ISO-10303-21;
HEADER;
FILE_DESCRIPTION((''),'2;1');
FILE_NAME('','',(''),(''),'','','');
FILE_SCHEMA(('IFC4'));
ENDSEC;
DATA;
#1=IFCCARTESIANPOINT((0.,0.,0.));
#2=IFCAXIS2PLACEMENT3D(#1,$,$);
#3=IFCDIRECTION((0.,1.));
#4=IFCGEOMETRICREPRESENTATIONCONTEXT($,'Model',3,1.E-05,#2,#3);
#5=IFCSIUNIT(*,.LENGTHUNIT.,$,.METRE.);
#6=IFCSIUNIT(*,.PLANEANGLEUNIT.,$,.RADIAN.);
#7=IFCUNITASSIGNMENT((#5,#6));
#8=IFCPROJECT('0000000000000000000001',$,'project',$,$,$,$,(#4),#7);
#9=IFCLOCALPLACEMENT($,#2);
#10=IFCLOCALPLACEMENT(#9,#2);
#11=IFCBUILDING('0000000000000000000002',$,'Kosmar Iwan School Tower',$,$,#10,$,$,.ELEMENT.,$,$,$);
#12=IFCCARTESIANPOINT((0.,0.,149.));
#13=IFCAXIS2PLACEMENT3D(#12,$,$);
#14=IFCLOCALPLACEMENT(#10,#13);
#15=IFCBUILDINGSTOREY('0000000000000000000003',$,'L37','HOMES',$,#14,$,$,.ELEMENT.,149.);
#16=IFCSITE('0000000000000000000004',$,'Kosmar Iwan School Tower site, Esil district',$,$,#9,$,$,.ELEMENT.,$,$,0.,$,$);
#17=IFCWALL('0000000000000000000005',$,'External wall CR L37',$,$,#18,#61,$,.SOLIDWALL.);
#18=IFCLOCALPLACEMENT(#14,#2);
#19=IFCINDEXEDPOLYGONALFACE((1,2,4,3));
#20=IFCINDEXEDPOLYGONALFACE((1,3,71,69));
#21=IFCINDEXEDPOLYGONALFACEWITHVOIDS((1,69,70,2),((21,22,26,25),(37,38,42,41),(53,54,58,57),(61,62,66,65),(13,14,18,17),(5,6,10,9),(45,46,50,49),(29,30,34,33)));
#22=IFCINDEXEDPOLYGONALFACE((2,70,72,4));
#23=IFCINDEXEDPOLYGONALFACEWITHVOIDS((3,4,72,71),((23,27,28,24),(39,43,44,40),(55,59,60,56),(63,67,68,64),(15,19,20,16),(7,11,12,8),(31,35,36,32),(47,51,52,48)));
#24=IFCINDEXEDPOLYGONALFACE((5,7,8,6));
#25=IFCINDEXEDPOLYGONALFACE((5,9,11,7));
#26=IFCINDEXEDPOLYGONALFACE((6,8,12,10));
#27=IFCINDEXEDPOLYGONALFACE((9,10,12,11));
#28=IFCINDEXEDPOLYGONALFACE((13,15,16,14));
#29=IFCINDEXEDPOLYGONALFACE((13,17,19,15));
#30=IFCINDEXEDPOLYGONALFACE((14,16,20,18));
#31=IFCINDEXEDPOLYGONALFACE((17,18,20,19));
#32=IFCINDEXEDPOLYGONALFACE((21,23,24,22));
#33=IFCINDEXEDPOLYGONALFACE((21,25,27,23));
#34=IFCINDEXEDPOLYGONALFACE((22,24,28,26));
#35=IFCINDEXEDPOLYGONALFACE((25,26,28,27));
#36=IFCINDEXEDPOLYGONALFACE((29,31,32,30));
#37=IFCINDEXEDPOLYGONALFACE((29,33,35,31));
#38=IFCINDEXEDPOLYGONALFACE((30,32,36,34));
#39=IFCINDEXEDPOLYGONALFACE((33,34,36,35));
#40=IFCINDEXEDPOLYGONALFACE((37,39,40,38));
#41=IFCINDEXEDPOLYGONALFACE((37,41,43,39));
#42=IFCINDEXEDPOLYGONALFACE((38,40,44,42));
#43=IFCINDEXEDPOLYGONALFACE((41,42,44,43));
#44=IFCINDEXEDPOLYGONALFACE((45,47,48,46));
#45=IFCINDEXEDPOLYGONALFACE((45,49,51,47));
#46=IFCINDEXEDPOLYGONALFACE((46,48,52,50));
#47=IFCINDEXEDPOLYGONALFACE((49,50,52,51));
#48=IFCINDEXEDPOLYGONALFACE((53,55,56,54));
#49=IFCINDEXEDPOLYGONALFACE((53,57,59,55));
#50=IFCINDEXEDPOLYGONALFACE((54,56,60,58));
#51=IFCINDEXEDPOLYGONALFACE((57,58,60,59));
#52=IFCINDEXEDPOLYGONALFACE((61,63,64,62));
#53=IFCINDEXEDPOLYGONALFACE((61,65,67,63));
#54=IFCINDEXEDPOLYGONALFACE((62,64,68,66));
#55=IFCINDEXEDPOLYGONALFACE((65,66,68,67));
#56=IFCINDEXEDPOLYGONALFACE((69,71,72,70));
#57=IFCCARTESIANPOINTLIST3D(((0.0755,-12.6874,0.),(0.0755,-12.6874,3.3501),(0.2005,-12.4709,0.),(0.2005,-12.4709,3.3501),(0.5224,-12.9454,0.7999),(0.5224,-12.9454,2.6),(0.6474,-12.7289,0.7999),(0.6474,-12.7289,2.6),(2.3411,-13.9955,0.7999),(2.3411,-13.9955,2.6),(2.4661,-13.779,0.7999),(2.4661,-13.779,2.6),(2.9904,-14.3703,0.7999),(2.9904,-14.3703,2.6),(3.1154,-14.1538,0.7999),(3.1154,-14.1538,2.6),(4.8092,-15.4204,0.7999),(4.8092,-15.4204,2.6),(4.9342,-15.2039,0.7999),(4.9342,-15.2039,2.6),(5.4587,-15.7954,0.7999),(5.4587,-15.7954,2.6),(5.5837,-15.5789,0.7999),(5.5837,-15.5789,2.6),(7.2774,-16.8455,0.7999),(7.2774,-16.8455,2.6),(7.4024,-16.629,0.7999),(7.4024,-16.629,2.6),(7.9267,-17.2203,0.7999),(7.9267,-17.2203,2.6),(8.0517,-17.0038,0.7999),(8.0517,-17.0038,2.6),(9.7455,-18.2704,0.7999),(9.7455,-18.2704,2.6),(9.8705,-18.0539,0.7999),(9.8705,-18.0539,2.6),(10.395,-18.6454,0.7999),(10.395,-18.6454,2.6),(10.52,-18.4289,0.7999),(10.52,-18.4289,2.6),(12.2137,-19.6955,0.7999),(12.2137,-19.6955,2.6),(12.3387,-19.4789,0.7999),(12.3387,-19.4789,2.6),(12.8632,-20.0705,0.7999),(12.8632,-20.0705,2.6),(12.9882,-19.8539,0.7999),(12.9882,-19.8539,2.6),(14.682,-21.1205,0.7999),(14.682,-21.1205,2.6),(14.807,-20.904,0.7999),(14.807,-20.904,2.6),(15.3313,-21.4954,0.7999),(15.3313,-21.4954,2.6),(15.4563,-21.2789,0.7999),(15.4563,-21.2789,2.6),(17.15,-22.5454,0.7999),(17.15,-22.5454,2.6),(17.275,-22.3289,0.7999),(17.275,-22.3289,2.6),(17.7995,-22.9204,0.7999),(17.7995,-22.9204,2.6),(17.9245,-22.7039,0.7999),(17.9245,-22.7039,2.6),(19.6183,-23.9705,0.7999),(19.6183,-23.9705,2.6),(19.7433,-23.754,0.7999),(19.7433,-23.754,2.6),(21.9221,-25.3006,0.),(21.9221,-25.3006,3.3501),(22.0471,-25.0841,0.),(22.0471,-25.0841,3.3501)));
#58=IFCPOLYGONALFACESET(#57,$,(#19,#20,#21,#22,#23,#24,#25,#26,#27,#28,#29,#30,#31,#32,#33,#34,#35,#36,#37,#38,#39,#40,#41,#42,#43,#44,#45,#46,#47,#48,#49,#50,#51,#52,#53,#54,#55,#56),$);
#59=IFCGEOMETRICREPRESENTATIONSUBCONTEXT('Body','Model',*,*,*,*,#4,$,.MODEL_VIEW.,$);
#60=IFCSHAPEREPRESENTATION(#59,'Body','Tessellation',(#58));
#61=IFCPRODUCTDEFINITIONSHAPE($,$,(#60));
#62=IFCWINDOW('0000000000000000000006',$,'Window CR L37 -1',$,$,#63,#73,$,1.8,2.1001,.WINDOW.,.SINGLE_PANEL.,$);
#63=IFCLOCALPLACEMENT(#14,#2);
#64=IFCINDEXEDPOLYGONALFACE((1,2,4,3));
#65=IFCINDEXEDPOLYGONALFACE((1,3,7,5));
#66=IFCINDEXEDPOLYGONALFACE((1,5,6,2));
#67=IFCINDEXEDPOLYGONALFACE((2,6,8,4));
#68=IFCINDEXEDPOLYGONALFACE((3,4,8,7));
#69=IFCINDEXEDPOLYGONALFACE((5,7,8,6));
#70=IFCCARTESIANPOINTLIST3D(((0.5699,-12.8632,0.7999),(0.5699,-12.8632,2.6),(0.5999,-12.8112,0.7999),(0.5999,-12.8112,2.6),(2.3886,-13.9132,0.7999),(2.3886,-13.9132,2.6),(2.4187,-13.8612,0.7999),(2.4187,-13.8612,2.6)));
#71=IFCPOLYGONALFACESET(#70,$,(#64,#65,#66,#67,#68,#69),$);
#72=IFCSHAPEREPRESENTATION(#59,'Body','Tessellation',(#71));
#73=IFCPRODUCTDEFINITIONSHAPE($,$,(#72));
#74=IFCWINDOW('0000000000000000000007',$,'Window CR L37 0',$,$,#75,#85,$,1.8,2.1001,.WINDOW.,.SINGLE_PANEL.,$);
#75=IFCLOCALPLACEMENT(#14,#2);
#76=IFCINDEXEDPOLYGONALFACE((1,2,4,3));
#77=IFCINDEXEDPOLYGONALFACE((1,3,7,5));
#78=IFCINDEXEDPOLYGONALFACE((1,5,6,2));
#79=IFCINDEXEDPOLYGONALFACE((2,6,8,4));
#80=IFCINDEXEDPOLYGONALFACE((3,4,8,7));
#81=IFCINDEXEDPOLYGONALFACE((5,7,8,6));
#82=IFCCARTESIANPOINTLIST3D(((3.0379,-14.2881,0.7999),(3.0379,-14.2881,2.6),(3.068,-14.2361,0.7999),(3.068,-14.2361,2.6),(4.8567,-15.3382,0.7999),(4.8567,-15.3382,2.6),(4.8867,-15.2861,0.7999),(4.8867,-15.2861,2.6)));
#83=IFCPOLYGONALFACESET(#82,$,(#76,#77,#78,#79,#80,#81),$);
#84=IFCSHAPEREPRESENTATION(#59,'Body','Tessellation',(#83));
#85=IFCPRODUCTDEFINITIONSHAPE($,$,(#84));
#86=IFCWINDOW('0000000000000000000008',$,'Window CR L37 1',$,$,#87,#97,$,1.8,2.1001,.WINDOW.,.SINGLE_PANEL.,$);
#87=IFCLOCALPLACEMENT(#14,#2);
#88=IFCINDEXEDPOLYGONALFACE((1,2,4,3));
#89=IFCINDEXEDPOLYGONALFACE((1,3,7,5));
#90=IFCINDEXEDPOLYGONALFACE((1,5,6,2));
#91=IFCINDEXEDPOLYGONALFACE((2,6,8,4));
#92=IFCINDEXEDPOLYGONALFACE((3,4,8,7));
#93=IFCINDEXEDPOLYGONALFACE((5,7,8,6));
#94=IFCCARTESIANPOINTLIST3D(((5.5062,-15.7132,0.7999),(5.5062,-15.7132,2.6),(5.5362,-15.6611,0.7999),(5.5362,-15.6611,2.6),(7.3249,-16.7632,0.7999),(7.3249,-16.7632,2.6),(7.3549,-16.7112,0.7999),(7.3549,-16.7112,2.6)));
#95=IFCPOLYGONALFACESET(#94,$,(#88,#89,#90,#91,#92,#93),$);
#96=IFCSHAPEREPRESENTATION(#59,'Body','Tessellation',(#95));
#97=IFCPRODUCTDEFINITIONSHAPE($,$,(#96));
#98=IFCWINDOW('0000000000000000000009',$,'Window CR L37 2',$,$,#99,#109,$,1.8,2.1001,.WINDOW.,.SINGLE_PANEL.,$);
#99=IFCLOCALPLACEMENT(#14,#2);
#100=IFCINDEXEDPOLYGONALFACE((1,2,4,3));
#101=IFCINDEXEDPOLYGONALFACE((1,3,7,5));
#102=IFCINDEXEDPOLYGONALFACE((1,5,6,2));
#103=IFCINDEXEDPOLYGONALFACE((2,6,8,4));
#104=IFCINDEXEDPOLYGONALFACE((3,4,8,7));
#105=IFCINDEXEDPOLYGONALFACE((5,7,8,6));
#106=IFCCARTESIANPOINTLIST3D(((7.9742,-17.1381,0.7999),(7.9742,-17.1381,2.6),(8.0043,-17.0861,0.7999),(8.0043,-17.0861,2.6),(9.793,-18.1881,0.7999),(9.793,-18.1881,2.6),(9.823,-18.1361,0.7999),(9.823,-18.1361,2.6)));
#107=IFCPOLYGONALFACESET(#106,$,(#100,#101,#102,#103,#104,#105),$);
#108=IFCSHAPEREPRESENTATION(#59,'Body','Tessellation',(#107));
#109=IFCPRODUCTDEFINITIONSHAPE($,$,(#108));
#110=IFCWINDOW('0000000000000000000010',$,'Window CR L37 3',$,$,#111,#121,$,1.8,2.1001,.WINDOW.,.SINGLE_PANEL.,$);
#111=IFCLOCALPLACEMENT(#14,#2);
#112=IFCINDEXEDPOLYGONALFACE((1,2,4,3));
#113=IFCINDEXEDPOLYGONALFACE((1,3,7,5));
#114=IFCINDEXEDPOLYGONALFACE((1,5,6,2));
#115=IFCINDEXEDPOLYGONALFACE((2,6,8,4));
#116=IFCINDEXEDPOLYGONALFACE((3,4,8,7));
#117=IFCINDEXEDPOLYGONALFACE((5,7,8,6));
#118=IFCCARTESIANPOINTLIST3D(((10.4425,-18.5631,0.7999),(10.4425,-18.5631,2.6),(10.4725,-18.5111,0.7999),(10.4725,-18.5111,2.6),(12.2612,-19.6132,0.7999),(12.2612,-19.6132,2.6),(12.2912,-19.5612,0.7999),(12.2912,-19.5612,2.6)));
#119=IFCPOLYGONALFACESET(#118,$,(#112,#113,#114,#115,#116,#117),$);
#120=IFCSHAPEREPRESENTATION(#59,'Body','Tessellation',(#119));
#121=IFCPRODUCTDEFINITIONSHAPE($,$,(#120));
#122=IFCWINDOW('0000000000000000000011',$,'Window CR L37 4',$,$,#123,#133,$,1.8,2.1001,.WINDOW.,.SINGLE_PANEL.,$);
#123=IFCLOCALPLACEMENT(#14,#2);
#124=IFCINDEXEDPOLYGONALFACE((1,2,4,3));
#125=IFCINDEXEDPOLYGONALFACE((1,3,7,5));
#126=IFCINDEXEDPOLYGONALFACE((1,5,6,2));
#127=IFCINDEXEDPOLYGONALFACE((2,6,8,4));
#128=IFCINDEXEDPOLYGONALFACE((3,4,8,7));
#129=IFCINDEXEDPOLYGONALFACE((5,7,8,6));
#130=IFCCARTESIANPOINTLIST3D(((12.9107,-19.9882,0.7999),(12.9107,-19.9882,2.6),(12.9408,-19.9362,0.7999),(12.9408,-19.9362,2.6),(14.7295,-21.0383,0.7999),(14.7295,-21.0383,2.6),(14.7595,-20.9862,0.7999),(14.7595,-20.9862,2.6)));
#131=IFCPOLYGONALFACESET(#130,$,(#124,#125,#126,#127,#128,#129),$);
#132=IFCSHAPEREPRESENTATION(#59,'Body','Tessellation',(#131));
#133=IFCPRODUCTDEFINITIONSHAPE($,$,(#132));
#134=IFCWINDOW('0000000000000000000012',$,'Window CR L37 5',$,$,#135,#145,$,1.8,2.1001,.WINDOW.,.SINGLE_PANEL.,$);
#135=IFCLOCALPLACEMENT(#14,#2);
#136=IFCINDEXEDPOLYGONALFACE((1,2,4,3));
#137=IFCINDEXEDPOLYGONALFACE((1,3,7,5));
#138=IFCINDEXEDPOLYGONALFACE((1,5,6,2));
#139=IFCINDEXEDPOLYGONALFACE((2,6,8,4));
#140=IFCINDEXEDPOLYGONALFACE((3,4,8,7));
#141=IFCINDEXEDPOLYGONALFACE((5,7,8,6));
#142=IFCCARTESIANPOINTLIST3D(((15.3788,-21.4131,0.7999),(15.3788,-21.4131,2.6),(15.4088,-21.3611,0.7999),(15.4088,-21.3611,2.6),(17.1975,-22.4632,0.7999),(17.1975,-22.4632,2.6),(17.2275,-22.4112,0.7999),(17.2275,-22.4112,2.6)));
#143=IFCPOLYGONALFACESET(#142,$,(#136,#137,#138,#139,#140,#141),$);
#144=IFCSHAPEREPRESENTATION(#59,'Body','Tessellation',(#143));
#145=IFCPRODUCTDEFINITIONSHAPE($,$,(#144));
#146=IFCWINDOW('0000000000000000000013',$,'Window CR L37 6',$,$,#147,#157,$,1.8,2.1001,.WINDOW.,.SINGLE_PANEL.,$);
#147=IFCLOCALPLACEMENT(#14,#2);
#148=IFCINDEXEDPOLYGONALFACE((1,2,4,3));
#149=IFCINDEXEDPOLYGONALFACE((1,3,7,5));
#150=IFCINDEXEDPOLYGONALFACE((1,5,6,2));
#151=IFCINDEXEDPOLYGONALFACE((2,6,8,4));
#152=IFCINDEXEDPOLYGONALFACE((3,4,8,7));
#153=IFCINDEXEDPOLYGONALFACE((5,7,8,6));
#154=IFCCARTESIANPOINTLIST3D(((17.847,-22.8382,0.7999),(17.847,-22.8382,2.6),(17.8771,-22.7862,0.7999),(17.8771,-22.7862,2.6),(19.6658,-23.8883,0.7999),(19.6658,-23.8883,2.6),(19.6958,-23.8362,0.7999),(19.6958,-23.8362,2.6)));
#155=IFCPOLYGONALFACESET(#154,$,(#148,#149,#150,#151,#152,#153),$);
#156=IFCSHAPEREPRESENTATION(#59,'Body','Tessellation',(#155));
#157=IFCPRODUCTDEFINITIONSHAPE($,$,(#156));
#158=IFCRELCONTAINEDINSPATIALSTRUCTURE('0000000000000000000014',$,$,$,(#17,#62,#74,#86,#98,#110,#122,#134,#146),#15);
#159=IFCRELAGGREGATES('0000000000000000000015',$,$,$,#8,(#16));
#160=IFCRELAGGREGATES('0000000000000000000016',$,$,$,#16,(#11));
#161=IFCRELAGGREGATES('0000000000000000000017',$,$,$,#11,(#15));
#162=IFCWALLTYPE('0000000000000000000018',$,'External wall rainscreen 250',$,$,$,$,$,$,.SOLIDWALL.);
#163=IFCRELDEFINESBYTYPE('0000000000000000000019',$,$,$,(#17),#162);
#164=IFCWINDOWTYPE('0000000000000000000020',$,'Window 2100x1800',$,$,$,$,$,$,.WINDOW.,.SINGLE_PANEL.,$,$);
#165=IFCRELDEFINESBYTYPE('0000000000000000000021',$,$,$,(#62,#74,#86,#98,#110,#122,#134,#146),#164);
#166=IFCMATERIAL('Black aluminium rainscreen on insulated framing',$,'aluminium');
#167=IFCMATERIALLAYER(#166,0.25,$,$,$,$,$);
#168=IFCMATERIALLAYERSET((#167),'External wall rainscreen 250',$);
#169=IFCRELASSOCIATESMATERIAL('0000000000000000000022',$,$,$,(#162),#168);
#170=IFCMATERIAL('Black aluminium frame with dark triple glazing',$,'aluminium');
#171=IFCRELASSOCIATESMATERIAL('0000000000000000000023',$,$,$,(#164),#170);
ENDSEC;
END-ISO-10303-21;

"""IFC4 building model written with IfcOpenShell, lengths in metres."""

from ifc_helpers import new_model, si_unit, direction, frame, frame_2d, origin, place, context, subcontext, project, spatial, rectangle, extrude, material, layer, layer_set, type_object, element, fill, save


model = new_model("IFC4")

# Units and contexts
model_context = context("Model", 3, precision=1e-05, world=origin(), true_north=direction((0.0, 1.0)))
body_context = subcontext(model_context, "Body", "Model", "MODEL_VIEW")
ifc_project = project(units=[si_unit("LENGTHUNIT", "METRE"), si_unit("PLANEANGLEUNIT", "RADIAN")], contexts=[model_context])

# Site, building, storey
site_placement = place(None, origin())
site = spatial("IfcSite", under=ifc_project, at=site_placement, Name="Kosmar Iwan School Tower site, Esil district", CompositionType="ELEMENT", RefElevation=0.0)
building_placement = place(site_placement, origin())
building = spatial("IfcBuilding", under=site, at=building_placement, Name="Kosmar Iwan School Tower", CompositionType="ELEMENT")
storey_placement = place(building_placement, frame((0.0, 0.0, 149.0)))
storey = spatial("IfcBuildingStorey", under=building, at=storey_placement, Name="L37", Description="HOMES", CompositionType="ELEMENT", Elevation=149.0)

# Wall, openings, windows
ifc_material_1 = material(Name="Black aluminium rainscreen on insulated framing", Category="aluminium")
ifc_layer_1 = layer(ifc_material_1, 0.25)
ifc_layer_set_1 = layer_set([ifc_layer_1], Name="External wall rainscreen 250")
wall_type_1 = type_object("IfcWallType", Name="External wall rainscreen 250", PredefinedType="SOLIDWALL", material=ifc_layer_set_1)
ifc_material_2 = material(Name="Black aluminium frame with dark triple glazing", Category="aluminium")
window_type = type_object("IfcWindowType", Name="Window 2100x1800", PartitioningType="SINGLE_PANEL", PredefinedType="WINDOW", material=ifc_material_2)
wall_1_placement = place(storey_placement, frame((0.1379, -12.5791, 0.0), z_axis=(0.0, 0.0, 1.0), x_axis=(0.866024, -0.500003, 0.0)))
wall_1 = element("IfcWall", 1, at=wall_1_placement, inside=storey, type_object=wall_type_1, Name="External wall CR L37", PredefinedType="SOLIDWALL", context=body_context, shape_type="SweptSolid", body=[
    extrude(rectangle(XDim=25.2263, YDim=0.25, at=frame_2d((12.6133, 0.0))), origin(), (0.0, 0.0, 1.0), 3.3501),
])
opening_1_placement = place(wall_1_placement, frame((0.5161, 0.0, 0.8)))
opening_1 = element("IfcOpeningElement", 2, at=opening_1_placement, cuts=wall_1, PredefinedType="OPENING", context=body_context, shape_type="SweptSolid", body=[
    extrude(rectangle(XDim=2.1001, YDim=1.8, at=frame_2d((1.05, 0.8999))), frame((0.0, 0.137, 0.0), z_axis=(0.0, -1.0, 0.0), x_axis=(1.0, 0.0, 0.0)), (0.0, 0.0, 1.0), 0.2739),
])
opening_2_placement = place(wall_1_placement, frame((3.366, 0.0, 0.8)))
opening_2 = element("IfcOpeningElement", 3, at=opening_2_placement, cuts=wall_1, PredefinedType="OPENING", context=body_context, shape_type="SweptSolid", body=[
    extrude(rectangle(XDim=2.1001, YDim=1.8, at=frame_2d((1.05, 0.8999))), frame((0.0, 0.137, 0.0), z_axis=(0.0, -1.0, 0.0), x_axis=(1.0, 0.0, 0.0)), (0.0, 0.0, 1.0), 0.2739),
])
opening_3_placement = place(wall_1_placement, frame((6.2161, 0.0, 0.8)))
opening_3 = element("IfcOpeningElement", 4, at=opening_3_placement, cuts=wall_1, PredefinedType="OPENING", context=body_context, shape_type="SweptSolid", body=[
    extrude(rectangle(XDim=2.1001, YDim=1.8, at=frame_2d((1.05, 0.8999))), frame((0.0, 0.137, 0.0), z_axis=(0.0, -1.0, 0.0), x_axis=(1.0, 0.0, 0.0)), (0.0, 0.0, 1.0), 0.2739),
])
opening_4_placement = place(wall_1_placement, frame((9.0659, 0.0, 0.8)))
opening_4 = element("IfcOpeningElement", 5, at=opening_4_placement, cuts=wall_1, PredefinedType="OPENING", context=body_context, shape_type="SweptSolid", body=[
    extrude(rectangle(XDim=2.1001, YDim=1.8, at=frame_2d((1.05, 0.8999))), frame((0.0, 0.137, 0.0), z_axis=(0.0, -1.0, 0.0), x_axis=(1.0, 0.0, 0.0)), (0.0, 0.0, 1.0), 0.2739),
])
opening_5_placement = place(wall_1_placement, frame((11.916, 0.0, 0.8)))
opening_5 = element("IfcOpeningElement", 6, at=opening_5_placement, cuts=wall_1, PredefinedType="OPENING", context=body_context, shape_type="SweptSolid", body=[
    extrude(rectangle(XDim=2.1001, YDim=1.8, at=frame_2d((1.05, 0.8999))), frame((0.0, 0.137, 0.0), z_axis=(0.0, -1.0, 0.0), x_axis=(1.0, 0.0, 0.0)), (0.0, 0.0, 1.0), 0.2739),
])
opening_6_placement = place(wall_1_placement, frame((14.7661, 0.0, 0.8)))
opening_6 = element("IfcOpeningElement", 7, at=opening_6_placement, cuts=wall_1, PredefinedType="OPENING", context=body_context, shape_type="SweptSolid", body=[
    extrude(rectangle(XDim=2.1001, YDim=1.8, at=frame_2d((1.05, 0.8999))), frame((0.0, 0.137, 0.0), z_axis=(0.0, -1.0, 0.0), x_axis=(1.0, 0.0, 0.0)), (0.0, 0.0, 1.0), 0.2739),
])
opening_7_placement = place(wall_1_placement, frame((17.616, 0.0, 0.8)))
opening_7 = element("IfcOpeningElement", 8, at=opening_7_placement, cuts=wall_1, PredefinedType="OPENING", context=body_context, shape_type="SweptSolid", body=[
    extrude(rectangle(XDim=2.1001, YDim=1.8, at=frame_2d((1.05, 0.8999))), frame((0.0, 0.137, 0.0), z_axis=(0.0, -1.0, 0.0), x_axis=(1.0, 0.0, 0.0)), (0.0, 0.0, 1.0), 0.2739),
])
opening_8_placement = place(wall_1_placement, frame((20.4661, 0.0, 0.8)))
opening_8 = element("IfcOpeningElement", 9, at=opening_8_placement, cuts=wall_1, PredefinedType="OPENING", context=body_context, shape_type="SweptSolid", body=[
    extrude(rectangle(XDim=2.1001, YDim=1.8, at=frame_2d((1.05, 0.8999))), frame((0.0, 0.137, 0.0), z_axis=(0.0, -1.0, 0.0), x_axis=(1.0, 0.0, 0.0)), (0.0, 0.0, 1.0), 0.2739),
])
window_1_placement = place(opening_1_placement, origin())
window_1 = element("IfcWindow", 10, at=window_1_placement, inside=storey, type_object=window_type, Name="Window CR L37 -1", OverallHeight=1.8, OverallWidth=2.1001, PartitioningType="SINGLE_PANEL", PredefinedType="WINDOW", context=body_context, shape_type="SweptSolid", body=[
    extrude(rectangle(XDim=2.1001, YDim=1.8, at=frame_2d((1.05, 0.8999))), frame((0.0, 0.03, 0.0), z_axis=(0.0, -1.0, 0.0), x_axis=(1.0, 0.0, 0.0)), (0.0, 0.0, 1.0), 0.0601),
])
fill(opening_1, window_1)
window_2_placement = place(opening_2_placement, origin())
window_2 = element("IfcWindow", 11, at=window_2_placement, inside=storey, type_object=window_type, Name="Window CR L37 0", OverallHeight=1.8, OverallWidth=2.1001, PartitioningType="SINGLE_PANEL", PredefinedType="WINDOW", context=body_context, shape_type="SweptSolid", body=[
    extrude(rectangle(XDim=2.1001, YDim=1.8, at=frame_2d((1.05, 0.8999))), frame((0.0, 0.03, 0.0), z_axis=(0.0, -1.0, 0.0), x_axis=(1.0, 0.0, 0.0)), (0.0, 0.0, 1.0), 0.0601),
])
fill(opening_2, window_2)
window_3_placement = place(opening_3_placement, origin())
window_3 = element("IfcWindow", 12, at=window_3_placement, inside=storey, type_object=window_type, Name="Window CR L37 1", OverallHeight=1.8, OverallWidth=2.1001, PartitioningType="SINGLE_PANEL", PredefinedType="WINDOW", context=body_context, shape_type="SweptSolid", body=[
    extrude(rectangle(XDim=2.1001, YDim=1.8, at=frame_2d((1.05, 0.8999))), frame((0.0, 0.03, 0.0), z_axis=(0.0, -1.0, 0.0), x_axis=(1.0, 0.0, 0.0)), (0.0, 0.0, 1.0), 0.0601),
])
fill(opening_3, window_3)
window_4_placement = place(opening_4_placement, origin())
window_4 = element("IfcWindow", 13, at=window_4_placement, inside=storey, type_object=window_type, Name="Window CR L37 2", OverallHeight=1.8, OverallWidth=2.1001, PartitioningType="SINGLE_PANEL", PredefinedType="WINDOW", context=body_context, shape_type="SweptSolid", body=[
    extrude(rectangle(XDim=2.1001, YDim=1.8, at=frame_2d((1.05, 0.8999))), frame((0.0, 0.03, 0.0), z_axis=(0.0, -1.0, 0.0), x_axis=(1.0, 0.0, 0.0)), (0.0, 0.0, 1.0), 0.0601),
])
fill(opening_4, window_4)
window_5_placement = place(opening_5_placement, origin())
window_5 = element("IfcWindow", 14, at=window_5_placement, inside=storey, type_object=window_type, Name="Window CR L37 3", OverallHeight=1.8, OverallWidth=2.1001, PartitioningType="SINGLE_PANEL", PredefinedType="WINDOW", context=body_context, shape_type="SweptSolid", body=[
    extrude(rectangle(XDim=2.1001, YDim=1.8, at=frame_2d((1.05, 0.8999))), frame((0.0, 0.03, 0.0), z_axis=(0.0, -1.0, 0.0), x_axis=(1.0, 0.0, 0.0)), (0.0, 0.0, 1.0), 0.0601),
])
fill(opening_5, window_5)
window_6_placement = place(opening_6_placement, origin())
window_6 = element("IfcWindow", 15, at=window_6_placement, inside=storey, type_object=window_type, Name="Window CR L37 4", OverallHeight=1.8, OverallWidth=2.1001, PartitioningType="SINGLE_PANEL", PredefinedType="WINDOW", context=body_context, shape_type="SweptSolid", body=[
    extrude(rectangle(XDim=2.1001, YDim=1.8, at=frame_2d((1.05, 0.8999))), frame((0.0, 0.03, 0.0), z_axis=(0.0, -1.0, 0.0), x_axis=(1.0, 0.0, 0.0)), (0.0, 0.0, 1.0), 0.0601),
])
fill(opening_6, window_6)
window_7_placement = place(opening_7_placement, origin())
window_7 = element("IfcWindow", 16, at=window_7_placement, inside=storey, type_object=window_type, Name="Window CR L37 5", OverallHeight=1.8, OverallWidth=2.1001, PartitioningType="SINGLE_PANEL", PredefinedType="WINDOW", context=body_context, shape_type="SweptSolid", body=[
    extrude(rectangle(XDim=2.1001, YDim=1.8, at=frame_2d((1.05, 0.8999))), frame((0.0, 0.03, 0.0), z_axis=(0.0, -1.0, 0.0), x_axis=(1.0, 0.0, 0.0)), (0.0, 0.0, 1.0), 0.0601),
])
fill(opening_7, window_7)
window_8_placement = place(opening_8_placement, origin())
window_8 = element("IfcWindow", 17, at=window_8_placement, inside=storey, type_object=window_type, Name="Window CR L37 6", OverallHeight=1.8, OverallWidth=2.1001, PartitioningType="SINGLE_PANEL", PredefinedType="WINDOW", context=body_context, shape_type="SweptSolid", body=[
    extrude(rectangle(XDim=2.1001, YDim=1.8, at=frame_2d((1.05, 0.8999))), frame((0.0, 0.03, 0.0), z_axis=(0.0, -1.0, 0.0), x_axis=(1.0, 0.0, 0.0)), (0.0, 0.0, 1.0), 0.0601),
])
fill(opening_8, window_8)

save(model, "model.ifc")
